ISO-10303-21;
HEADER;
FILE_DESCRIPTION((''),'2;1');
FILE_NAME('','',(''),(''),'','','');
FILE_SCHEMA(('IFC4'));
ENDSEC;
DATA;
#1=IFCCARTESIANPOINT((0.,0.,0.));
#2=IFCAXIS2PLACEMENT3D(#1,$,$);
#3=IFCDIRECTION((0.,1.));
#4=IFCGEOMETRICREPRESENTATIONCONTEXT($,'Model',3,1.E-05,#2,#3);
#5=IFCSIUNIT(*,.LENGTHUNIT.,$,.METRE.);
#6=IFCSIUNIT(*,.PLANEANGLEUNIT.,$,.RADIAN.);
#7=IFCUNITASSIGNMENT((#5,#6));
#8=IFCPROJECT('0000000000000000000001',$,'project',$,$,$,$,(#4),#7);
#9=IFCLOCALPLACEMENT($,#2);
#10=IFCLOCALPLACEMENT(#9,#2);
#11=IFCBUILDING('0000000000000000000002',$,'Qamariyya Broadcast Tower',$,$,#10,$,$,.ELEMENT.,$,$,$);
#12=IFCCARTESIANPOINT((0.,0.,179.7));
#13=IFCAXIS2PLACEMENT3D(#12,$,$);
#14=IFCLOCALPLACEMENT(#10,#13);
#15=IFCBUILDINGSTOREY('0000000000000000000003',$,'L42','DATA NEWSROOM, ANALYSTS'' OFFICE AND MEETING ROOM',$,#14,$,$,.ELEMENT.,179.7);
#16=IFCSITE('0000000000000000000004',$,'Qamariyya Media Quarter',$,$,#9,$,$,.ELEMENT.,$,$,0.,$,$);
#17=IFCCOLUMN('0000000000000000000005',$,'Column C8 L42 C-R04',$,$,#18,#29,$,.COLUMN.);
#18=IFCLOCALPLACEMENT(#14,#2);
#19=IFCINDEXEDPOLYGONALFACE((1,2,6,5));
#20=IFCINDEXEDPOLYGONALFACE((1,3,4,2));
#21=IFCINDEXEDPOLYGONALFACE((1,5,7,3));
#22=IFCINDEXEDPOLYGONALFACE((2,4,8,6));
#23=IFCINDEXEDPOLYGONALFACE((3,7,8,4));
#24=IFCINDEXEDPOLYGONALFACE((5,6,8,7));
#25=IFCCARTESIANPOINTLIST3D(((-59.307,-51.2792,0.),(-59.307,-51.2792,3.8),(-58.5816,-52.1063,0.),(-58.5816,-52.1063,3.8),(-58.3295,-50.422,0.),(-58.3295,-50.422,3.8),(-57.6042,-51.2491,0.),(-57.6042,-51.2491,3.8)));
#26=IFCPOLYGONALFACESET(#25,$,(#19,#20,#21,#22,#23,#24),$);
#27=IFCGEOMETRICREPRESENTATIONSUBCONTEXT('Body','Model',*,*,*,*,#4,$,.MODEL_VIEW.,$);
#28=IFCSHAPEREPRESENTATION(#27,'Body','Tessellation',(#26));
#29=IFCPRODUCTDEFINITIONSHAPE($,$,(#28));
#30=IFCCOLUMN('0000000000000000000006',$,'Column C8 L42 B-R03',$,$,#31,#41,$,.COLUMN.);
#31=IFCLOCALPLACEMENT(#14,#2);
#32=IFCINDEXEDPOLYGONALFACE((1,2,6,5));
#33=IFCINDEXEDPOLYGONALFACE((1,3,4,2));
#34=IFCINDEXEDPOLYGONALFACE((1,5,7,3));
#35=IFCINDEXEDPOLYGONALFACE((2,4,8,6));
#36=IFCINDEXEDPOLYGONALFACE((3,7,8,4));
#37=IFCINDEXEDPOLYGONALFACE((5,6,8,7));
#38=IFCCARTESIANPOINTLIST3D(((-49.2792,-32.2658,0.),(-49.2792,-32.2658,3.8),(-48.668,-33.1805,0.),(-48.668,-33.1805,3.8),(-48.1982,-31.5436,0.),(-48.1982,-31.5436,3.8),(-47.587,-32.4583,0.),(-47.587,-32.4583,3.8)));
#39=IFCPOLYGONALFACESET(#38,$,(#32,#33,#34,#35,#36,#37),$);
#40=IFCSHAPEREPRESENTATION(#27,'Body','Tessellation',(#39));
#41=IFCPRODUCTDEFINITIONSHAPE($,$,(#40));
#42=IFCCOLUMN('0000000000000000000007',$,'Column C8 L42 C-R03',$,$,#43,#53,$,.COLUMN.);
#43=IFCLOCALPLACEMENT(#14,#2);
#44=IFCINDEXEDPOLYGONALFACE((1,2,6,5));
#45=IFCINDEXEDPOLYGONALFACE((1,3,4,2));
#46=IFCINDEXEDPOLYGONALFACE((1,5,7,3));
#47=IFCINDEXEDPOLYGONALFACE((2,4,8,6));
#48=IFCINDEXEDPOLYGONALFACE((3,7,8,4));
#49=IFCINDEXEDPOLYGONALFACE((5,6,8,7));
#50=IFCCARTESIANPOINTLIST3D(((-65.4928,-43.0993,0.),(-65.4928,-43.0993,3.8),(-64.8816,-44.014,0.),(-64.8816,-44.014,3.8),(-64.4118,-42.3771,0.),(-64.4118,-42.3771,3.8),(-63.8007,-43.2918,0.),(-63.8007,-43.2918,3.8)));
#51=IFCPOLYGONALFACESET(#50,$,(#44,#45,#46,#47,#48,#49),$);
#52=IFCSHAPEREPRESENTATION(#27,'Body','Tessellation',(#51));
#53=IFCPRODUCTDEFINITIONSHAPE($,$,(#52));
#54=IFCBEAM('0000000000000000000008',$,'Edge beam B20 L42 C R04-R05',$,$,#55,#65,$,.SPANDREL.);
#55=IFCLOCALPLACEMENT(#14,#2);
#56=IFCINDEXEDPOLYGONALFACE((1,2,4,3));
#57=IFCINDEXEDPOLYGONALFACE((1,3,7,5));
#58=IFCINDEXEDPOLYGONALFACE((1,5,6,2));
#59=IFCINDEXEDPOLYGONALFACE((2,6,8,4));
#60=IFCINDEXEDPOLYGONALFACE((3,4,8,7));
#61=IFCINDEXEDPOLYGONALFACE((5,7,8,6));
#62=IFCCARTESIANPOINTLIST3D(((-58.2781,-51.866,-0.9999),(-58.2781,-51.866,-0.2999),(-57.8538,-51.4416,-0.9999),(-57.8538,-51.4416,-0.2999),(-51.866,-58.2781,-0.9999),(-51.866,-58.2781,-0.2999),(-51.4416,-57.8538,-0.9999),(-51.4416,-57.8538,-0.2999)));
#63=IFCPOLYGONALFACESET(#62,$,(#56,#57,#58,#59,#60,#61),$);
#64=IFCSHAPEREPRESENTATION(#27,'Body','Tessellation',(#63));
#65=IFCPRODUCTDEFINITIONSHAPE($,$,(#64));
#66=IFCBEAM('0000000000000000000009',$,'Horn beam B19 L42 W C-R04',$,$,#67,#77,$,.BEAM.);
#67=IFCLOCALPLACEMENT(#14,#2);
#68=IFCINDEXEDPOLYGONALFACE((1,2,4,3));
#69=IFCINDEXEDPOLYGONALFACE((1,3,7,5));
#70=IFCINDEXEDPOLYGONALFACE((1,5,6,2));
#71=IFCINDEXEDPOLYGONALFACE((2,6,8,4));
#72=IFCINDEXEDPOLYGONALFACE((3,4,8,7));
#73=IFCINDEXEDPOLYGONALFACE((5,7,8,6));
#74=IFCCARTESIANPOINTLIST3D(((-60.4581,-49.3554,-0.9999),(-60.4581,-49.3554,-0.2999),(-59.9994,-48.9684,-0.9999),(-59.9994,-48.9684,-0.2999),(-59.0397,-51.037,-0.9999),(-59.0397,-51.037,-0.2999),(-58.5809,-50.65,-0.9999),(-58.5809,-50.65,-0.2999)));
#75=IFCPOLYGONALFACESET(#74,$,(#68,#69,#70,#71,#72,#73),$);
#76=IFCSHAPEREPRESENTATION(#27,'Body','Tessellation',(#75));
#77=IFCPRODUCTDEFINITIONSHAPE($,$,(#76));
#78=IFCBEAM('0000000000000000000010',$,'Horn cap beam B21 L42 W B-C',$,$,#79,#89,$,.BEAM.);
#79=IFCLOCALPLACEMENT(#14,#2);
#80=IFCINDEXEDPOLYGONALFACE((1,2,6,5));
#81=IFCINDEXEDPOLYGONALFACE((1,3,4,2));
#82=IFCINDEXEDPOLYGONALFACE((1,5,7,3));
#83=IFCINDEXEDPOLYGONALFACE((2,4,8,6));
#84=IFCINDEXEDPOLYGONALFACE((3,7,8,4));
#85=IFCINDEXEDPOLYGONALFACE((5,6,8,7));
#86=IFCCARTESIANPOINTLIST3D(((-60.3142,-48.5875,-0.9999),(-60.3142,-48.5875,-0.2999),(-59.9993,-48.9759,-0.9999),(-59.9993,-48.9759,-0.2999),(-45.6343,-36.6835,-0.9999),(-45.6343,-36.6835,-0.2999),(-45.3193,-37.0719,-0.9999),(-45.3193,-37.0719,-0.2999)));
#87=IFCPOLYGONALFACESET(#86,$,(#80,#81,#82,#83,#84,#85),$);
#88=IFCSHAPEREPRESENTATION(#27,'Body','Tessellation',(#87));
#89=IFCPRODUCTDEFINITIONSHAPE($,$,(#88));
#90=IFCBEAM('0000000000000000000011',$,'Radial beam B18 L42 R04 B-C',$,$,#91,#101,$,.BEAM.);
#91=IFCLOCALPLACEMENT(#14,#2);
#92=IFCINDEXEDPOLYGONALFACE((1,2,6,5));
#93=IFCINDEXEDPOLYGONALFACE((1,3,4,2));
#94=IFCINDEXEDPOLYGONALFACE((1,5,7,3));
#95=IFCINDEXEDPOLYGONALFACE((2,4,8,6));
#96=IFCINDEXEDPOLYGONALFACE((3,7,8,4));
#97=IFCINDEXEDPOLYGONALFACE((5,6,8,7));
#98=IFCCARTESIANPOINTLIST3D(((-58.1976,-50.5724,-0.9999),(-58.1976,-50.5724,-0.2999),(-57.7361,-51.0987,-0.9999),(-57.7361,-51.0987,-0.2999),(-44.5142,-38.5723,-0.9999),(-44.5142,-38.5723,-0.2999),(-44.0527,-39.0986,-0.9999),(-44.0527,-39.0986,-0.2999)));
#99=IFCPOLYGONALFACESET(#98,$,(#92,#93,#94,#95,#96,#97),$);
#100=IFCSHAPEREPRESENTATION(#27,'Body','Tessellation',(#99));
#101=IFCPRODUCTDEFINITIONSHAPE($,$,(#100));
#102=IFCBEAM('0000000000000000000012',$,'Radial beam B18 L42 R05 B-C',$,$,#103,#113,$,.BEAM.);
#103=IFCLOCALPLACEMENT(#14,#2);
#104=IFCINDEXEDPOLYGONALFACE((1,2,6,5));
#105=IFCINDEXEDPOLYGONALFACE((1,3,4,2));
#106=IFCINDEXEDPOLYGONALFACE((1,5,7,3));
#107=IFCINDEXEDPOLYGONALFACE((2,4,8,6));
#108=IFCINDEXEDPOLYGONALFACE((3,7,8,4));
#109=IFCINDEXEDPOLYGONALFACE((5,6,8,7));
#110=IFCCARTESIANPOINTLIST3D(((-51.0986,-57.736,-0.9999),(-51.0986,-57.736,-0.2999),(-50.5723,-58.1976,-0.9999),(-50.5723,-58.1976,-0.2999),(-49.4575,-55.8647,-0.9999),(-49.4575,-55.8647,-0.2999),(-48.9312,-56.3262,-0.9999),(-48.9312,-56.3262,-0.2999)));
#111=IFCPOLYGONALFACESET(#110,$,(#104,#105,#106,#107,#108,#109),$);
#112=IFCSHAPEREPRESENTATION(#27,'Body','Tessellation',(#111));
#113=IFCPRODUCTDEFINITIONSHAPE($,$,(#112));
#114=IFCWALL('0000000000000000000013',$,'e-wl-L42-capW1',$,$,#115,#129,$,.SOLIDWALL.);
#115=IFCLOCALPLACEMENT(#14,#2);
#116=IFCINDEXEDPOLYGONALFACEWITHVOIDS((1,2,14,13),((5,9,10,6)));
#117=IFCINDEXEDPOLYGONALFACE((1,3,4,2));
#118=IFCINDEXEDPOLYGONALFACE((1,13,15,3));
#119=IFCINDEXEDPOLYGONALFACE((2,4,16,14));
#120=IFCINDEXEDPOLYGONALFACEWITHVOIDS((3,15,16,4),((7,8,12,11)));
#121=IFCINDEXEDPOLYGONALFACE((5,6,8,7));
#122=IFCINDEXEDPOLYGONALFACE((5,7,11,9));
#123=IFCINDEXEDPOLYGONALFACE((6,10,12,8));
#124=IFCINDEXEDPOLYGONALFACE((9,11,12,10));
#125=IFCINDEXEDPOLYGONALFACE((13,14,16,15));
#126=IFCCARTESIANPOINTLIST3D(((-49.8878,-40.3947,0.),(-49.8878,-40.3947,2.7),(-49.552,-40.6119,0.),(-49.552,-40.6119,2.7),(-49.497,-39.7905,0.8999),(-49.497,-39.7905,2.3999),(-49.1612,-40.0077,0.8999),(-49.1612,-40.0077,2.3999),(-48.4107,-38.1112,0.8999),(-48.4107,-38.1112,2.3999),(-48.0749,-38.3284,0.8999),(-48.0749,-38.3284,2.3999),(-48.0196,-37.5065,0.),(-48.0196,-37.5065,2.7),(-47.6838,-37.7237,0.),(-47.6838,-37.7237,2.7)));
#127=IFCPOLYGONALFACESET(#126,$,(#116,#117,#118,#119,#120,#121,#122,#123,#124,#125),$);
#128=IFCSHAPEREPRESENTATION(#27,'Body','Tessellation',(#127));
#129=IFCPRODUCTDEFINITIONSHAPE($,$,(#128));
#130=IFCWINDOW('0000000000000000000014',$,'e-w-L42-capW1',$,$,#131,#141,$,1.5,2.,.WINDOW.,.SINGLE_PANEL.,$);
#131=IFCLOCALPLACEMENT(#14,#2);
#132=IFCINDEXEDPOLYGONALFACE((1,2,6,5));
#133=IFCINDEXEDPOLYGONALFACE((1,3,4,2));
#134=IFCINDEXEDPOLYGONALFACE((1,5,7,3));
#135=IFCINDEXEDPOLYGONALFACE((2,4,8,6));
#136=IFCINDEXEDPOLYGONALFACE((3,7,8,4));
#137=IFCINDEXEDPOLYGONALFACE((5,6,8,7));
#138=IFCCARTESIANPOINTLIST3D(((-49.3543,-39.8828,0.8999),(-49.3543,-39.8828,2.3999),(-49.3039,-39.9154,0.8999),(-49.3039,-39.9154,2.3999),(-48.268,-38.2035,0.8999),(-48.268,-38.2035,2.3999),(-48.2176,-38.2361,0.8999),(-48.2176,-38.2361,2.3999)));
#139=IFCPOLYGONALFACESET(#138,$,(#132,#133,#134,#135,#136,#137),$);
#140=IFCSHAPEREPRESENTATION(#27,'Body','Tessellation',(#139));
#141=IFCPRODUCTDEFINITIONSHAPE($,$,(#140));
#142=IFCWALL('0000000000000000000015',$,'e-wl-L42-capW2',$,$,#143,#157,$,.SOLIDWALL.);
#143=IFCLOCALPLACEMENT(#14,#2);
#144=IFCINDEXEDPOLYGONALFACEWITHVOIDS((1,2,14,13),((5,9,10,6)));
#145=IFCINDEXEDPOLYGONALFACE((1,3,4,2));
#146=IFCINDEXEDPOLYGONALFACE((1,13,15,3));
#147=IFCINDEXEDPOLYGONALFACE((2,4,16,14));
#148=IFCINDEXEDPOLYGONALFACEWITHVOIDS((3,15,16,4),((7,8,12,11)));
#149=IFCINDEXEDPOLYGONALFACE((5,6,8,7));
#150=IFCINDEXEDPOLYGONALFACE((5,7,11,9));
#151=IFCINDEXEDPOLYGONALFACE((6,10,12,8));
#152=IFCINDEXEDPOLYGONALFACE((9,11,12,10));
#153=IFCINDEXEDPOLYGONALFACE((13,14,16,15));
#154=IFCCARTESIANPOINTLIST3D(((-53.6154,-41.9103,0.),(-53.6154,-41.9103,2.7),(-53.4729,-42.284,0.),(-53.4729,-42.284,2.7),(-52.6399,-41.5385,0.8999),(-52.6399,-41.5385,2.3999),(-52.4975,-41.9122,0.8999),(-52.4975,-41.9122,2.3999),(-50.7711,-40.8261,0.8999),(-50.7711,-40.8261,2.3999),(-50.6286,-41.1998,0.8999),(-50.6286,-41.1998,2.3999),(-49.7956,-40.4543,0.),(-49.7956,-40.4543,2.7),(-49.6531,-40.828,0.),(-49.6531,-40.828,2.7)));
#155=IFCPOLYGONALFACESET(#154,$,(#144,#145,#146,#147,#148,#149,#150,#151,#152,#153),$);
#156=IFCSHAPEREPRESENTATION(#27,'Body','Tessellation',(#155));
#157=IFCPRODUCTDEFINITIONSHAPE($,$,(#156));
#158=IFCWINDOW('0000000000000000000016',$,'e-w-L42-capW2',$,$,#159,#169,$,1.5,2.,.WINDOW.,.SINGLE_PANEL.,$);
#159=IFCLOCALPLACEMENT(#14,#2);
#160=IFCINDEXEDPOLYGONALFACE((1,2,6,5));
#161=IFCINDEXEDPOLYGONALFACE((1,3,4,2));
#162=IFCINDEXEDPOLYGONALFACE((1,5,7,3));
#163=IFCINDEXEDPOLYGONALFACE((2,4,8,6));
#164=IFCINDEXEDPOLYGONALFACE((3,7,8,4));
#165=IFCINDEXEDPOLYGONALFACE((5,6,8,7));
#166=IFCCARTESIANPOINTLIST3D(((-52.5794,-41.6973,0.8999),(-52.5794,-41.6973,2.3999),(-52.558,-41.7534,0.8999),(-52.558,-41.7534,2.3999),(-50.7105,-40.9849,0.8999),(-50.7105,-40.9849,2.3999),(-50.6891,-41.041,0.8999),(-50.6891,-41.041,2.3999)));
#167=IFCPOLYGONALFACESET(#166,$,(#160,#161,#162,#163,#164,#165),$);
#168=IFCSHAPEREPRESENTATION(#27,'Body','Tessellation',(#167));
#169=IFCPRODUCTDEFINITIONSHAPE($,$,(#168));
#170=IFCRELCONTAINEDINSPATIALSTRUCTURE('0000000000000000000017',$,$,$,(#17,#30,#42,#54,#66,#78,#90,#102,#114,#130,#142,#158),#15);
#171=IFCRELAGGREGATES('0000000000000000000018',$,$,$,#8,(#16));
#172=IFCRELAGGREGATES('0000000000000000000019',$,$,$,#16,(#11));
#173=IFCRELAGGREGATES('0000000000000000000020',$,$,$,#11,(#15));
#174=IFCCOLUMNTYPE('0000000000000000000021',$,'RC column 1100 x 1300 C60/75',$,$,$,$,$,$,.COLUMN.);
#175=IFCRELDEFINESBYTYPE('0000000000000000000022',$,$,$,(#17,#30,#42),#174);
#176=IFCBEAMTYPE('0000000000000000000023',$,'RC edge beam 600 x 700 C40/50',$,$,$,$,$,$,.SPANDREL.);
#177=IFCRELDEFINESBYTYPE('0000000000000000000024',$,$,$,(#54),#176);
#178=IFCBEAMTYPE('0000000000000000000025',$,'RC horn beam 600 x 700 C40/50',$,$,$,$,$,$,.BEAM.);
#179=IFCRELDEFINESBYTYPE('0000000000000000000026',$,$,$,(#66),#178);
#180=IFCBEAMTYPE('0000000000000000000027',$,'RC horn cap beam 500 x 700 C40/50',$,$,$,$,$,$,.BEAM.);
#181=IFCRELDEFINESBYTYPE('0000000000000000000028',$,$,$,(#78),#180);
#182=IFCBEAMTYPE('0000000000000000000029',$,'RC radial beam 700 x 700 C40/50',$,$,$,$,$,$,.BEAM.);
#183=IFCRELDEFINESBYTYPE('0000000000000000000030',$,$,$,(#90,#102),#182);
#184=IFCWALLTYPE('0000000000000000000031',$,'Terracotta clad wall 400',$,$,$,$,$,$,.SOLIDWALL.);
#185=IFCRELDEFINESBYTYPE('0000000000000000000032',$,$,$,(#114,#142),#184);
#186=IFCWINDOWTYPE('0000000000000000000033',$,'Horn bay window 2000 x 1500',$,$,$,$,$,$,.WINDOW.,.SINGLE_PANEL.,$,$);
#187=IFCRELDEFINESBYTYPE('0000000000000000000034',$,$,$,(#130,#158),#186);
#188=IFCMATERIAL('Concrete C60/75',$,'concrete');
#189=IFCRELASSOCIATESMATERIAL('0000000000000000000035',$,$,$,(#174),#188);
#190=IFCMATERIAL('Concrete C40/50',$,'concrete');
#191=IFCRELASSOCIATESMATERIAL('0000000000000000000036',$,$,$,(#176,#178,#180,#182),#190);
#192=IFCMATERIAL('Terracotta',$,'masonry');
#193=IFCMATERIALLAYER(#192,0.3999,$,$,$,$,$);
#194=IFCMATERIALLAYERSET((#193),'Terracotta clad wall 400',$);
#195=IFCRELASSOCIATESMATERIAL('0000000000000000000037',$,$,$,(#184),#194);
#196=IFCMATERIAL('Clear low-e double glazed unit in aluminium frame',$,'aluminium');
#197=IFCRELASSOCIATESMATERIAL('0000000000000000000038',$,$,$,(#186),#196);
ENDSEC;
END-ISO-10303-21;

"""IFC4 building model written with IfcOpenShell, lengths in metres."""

from ifc_helpers import new_model, si_unit, direction, frame, frame_2d, origin, origin_2d, place, context, subcontext, project, spatial, rectangle, extrude, material, layer, layer_set, material_profile, profile_set, type_object, element, fill, save


model = new_model("IFC4")

# Units and contexts
model_context = context("Model", 3, precision=1e-05, world=origin(), true_north=direction((0.0, 1.0)))
body_context = subcontext(model_context, "Body", "Model", "MODEL_VIEW")
ifc_project = project(units=[si_unit("LENGTHUNIT", "METRE"), si_unit("PLANEANGLEUNIT", "RADIAN")], contexts=[model_context])

# Site, building, storey
site_placement = place(None, origin())
site = spatial("IfcSite", under=ifc_project, at=site_placement, Name="Qamariyya Media Quarter", CompositionType="ELEMENT", RefElevation=0.0)
building_placement = place(site_placement, origin())
building = spatial("IfcBuilding", under=site, at=building_placement, Name="Qamariyya Broadcast Tower", CompositionType="ELEMENT")
storey_placement = place(building_placement, frame((0.0, 0.0, 179.7)))
storey = spatial("IfcBuildingStorey", under=building, at=storey_placement, Name="L42", Description="DATA NEWSROOM, ANALYSTS' OFFICE AND MEETING ROOM", CompositionType="ELEMENT", Elevation=179.7)

# Columns
ifc_material_1 = material(Name="Concrete C60/75", Category="concrete")
ifc_material_profile_1 = material_profile(ifc_material_1, rectangle(XDim=1.1001, YDim=1.3, at=origin_2d()))
ifc_profile_set_1 = profile_set([ifc_material_profile_1], Name="Concrete C60/75")
column_type = type_object("IfcColumnType", Name="RC column 1100 x 1300 C60/75", PredefinedType="COLUMN", material=ifc_profile_set_1)
for number, where, z_axis, x_axis, name in (
    (1, (-58.4556, -51.2642, 0.0), (0.0, 0.0, 1.0), (0.659346, -0.75184, 0.0), "Column C8 L42 C-R04"),
    (2, (-48.4331, -32.3621, 0.0), (0.0, 0.0, 1.0), (0.55557, -0.83147, 0.0), "Column C8 L42 B-R03"),
    (3, (-64.6467, -43.1956, 0.0), (0.0, 0.0, 1.0), (0.55557, -0.83147, 0.0), "Column C8 L42 C-R03"),
):
    element("IfcColumn", number, at=place(storey_placement, frame(where, z_axis=z_axis, x_axis=x_axis)), inside=storey, type_object=column_type, Name=name, PredefinedType="COLUMN", context=body_context, shape_type="SweptSolid", body=[
        extrude(rectangle(XDim=1.1001, YDim=1.3, at=origin_2d()), origin(), (0.0, 0.0, 1.0), 3.8),
    ])

# Beams
ifc_material_2 = material(Name="Concrete C40/50", Category="concrete")
ifc_material_profile_2 = material_profile(ifc_material_2, rectangle(XDim=0.6001, YDim=0.7, at=origin_2d()))
ifc_profile_set_2 = profile_set([ifc_material_profile_2], Name="Concrete C40/50")
beam_type_1 = type_object("IfcBeamType", Name="RC edge beam 600 x 700 C40/50", PredefinedType="SPANDREL", material=ifc_profile_set_2)
beam_1_placement = place(storey_placement, frame((-58.0659, -51.6538, -0.6499), z_axis=(0.707107, -0.707107, 0.0), x_axis=(0.707107, 0.707107, 0.0)))
element("IfcBeam", 4, at=beam_1_placement, inside=storey, type_object=beam_type_1, Name="Edge beam B20 L42 C R04-R05", PredefinedType="SPANDREL", context=body_context, shape_type="SweptSolid", body=[
    extrude(rectangle(XDim=0.6001, YDim=0.7, at=origin_2d()), origin(), (0.0, 0.0, 1.0), 9.0681),
])
ifc_material_profile_3 = material_profile(ifc_material_2, rectangle(XDim=0.6001, YDim=0.7, at=origin_2d()))
ifc_profile_set_3 = profile_set([ifc_material_profile_3], Name="Concrete C40/50")
beam_type_2 = type_object("IfcBeamType", Name="RC horn beam 600 x 700 C40/50", PredefinedType="BEAM", material=ifc_profile_set_3)
beam_2_placement = place(storey_placement, frame((-58.8103, -50.8435, -0.6499), z_axis=(-0.644757, 0.764387, 0.0), x_axis=(-0.764387, -0.644757, 0.0)))
element("IfcBeam", 5, at=beam_2_placement, inside=storey, type_object=beam_type_2, Name="Horn beam B19 L42 W C-R04", PredefinedType="BEAM", context=body_context, shape_type="SweptSolid", body=[
    extrude(rectangle(XDim=0.6001, YDim=0.7, at=origin_2d()), origin(), (0.0, 0.0, 1.0), 2.2),
])
ifc_material_profile_4 = material_profile(ifc_material_2, rectangle(XDim=0.5, YDim=0.7, at=origin_2d()))
ifc_profile_set_4 = profile_set([ifc_material_profile_4], Name="Concrete C40/50")
beam_type_3 = type_object("IfcBeamType", Name="RC horn cap beam 500 x 700 C40/50", PredefinedType="BEAM", material=ifc_profile_set_4)
beam_3_placement = place(storey_placement, frame((-45.4768, -36.8777, -0.6499), z_axis=(-0.776719, -0.629847, 0.0), x_axis=(0.629847, -0.776719, 0.0)))
element("IfcBeam", 6, at=beam_3_placement, inside=storey, type_object=beam_type_3, Name="Horn cap beam B21 L42 W B-C", PredefinedType="BEAM", context=body_context, shape_type="SweptSolid", body=[
    extrude(rectangle(XDim=0.5, YDim=0.7, at=origin_2d()), origin(), (0.0, 0.0, 1.0), 18.8999),
])
ifc_material_profile_5 = material_profile(ifc_material_2, rectangle(XDim=0.7, YDim=0.7, at=origin_2d()))
ifc_profile_set_5 = profile_set([ifc_material_profile_5], Name="Concrete C40/50")
beam_type_4 = type_object("IfcBeamType", Name="RC radial beam 700 x 700 C40/50", PredefinedType="BEAM", material=ifc_profile_set_5)
beam_4_placement = place(storey_placement, frame((-44.2834, -38.8354, -0.6499), z_axis=(-0.751839, -0.659347, 0.0), x_axis=(0.659347, -0.751839, 0.0)))
element("IfcBeam", 7, at=beam_4_placement, inside=storey, type_object=beam_type_4, Name="Radial beam B18 L42 R04 B-C", PredefinedType="BEAM", context=body_context, shape_type="SweptSolid", body=[
    extrude(rectangle(XDim=0.7, YDim=0.7, at=origin_2d()), origin(), (0.0, 0.0, 1.0), 18.2),
])
beam_5_placement = place(storey_placement, frame((-49.1943, -56.0955, -0.6499), z_axis=(-0.659344, -0.751841, 0.0), x_axis=(0.751841, -0.659344, 0.0)))
element("IfcBeam", 8, at=beam_5_placement, inside=storey, type_object=beam_type_4, Name="Radial beam B18 L42 R05 B-C", PredefinedType="BEAM", context=body_context, shape_type="SweptSolid", body=[
    extrude(rectangle(XDim=0.7, YDim=0.7, at=origin_2d()), origin(), (0.0, 0.0, 1.0), 2.489),
])

# Walls, openings, windows
ifc_material_3 = material(Name="Terracotta", Category="masonry")
ifc_layer = layer(ifc_material_3, 0.3999)
ifc_layer_set = layer_set([ifc_layer], Name="Terracotta clad wall 400")
wall_type = type_object("IfcWallType", Name="Terracotta clad wall 400", PredefinedType="SOLIDWALL", material=ifc_layer_set)
wall_1_placement = place(storey_placement, frame((-47.8518, -37.6152, 0.0), z_axis=(0.0, 0.0, 1.0), x_axis=(-0.543116, -0.839658, 0.0)))
wall_1 = element("IfcWall", 9, at=wall_1_placement, inside=storey, type_object=wall_type, Name="e-wl-L42-capW1", PredefinedType="SOLIDWALL", context=body_context, shape_type="SweptSolid", body=[
    extrude(rectangle(XDim=3.4397, YDim=0.3999, at=frame_2d((1.7197, 0.0))), origin(), (0.0, 0.0, 1.0), 2.7),
])
opening_1_placement = place(wall_1_placement, frame((0.72, 0.0, 0.8999)))
opening_1 = element("IfcOpeningElement", 10, at=opening_1_placement, cuts=wall_1, PredefinedType="OPENING", context=body_context, shape_type="SweptSolid", body=[
    extrude(rectangle(XDim=2.0, YDim=1.5, at=frame_2d((1.0, 0.75))), frame((0.0, 0.21, 0.0), z_axis=(0.0, -1.0, 0.0), x_axis=(1.0, 0.0, 0.0)), (0.0, 0.0, 1.0), 0.4199),
])
ifc_material_4 = material(Name="Clear low-e double glazed unit in aluminium frame", Category="aluminium")
window_type = type_object("IfcWindowType", Name="Horn bay window 2000 x 1500", PartitioningType="SINGLE_PANEL", PredefinedType="WINDOW", material=ifc_material_4)
window_1_placement = place(opening_1_placement, origin())
window_1 = element("IfcWindow", 11, at=window_1_placement, inside=storey, type_object=window_type, Name="e-w-L42-capW1", OverallHeight=1.5, OverallWidth=2.0, PartitioningType="SINGLE_PANEL", PredefinedType="WINDOW", context=body_context, shape_type="SweptSolid", body=[
    extrude(rectangle(XDim=2.0, YDim=1.5, at=frame_2d((1.0, 0.75))), frame((0.0, 0.03, 0.0), z_axis=(0.0, -1.0, 0.0), x_axis=(1.0, 0.0, 0.0)), (0.0, 0.0, 1.0), 0.0601),
])
fill(opening_1, window_1)
wall_2_placement = place(storey_placement, frame((-49.7244, -40.6411, 0.0), z_axis=(0.0, 0.0, 1.0), x_axis=(-0.934416, -0.356184, 0.0)))
wall_2 = element("IfcWall", 12, at=wall_2_placement, inside=storey, type_object=wall_type, Name="e-wl-L42-capW2", PredefinedType="SOLIDWALL", context=body_context, shape_type="SweptSolid", body=[
    extrude(rectangle(XDim=4.0879, YDim=0.3999, at=frame_2d((2.0439, 0.0))), origin(), (0.0, 0.0, 1.0), 2.7),
])
opening_2_placement = place(wall_2_placement, frame((1.0439, 0.0, 0.8999)))
opening_2 = element("IfcOpeningElement", 13, at=opening_2_placement, cuts=wall_2, PredefinedType="OPENING", context=body_context, shape_type="SweptSolid", body=[
    extrude(rectangle(XDim=2.0, YDim=1.5, at=frame_2d((1.0, 0.75))), frame((0.0, 0.21, 0.0), z_axis=(0.0, -1.0, 0.0), x_axis=(1.0, 0.0, 0.0)), (0.0, 0.0, 1.0), 0.4199),
])
window_2_placement = place(opening_2_placement, origin())
window_2 = element("IfcWindow", 14, at=window_2_placement, inside=storey, type_object=window_type, Name="e-w-L42-capW2", OverallHeight=1.5, OverallWidth=2.0, PartitioningType="SINGLE_PANEL", PredefinedType="WINDOW", context=body_context, shape_type="SweptSolid", body=[
    extrude(rectangle(XDim=2.0, YDim=1.5, at=frame_2d((1.0, 0.75))), frame((0.0, 0.03, 0.0), z_axis=(0.0, -1.0, 0.0), x_axis=(1.0, 0.0, 0.0)), (0.0, 0.0, 1.0), 0.0601),
])
fill(opening_2, window_2)

save(model, "model.ifc")
